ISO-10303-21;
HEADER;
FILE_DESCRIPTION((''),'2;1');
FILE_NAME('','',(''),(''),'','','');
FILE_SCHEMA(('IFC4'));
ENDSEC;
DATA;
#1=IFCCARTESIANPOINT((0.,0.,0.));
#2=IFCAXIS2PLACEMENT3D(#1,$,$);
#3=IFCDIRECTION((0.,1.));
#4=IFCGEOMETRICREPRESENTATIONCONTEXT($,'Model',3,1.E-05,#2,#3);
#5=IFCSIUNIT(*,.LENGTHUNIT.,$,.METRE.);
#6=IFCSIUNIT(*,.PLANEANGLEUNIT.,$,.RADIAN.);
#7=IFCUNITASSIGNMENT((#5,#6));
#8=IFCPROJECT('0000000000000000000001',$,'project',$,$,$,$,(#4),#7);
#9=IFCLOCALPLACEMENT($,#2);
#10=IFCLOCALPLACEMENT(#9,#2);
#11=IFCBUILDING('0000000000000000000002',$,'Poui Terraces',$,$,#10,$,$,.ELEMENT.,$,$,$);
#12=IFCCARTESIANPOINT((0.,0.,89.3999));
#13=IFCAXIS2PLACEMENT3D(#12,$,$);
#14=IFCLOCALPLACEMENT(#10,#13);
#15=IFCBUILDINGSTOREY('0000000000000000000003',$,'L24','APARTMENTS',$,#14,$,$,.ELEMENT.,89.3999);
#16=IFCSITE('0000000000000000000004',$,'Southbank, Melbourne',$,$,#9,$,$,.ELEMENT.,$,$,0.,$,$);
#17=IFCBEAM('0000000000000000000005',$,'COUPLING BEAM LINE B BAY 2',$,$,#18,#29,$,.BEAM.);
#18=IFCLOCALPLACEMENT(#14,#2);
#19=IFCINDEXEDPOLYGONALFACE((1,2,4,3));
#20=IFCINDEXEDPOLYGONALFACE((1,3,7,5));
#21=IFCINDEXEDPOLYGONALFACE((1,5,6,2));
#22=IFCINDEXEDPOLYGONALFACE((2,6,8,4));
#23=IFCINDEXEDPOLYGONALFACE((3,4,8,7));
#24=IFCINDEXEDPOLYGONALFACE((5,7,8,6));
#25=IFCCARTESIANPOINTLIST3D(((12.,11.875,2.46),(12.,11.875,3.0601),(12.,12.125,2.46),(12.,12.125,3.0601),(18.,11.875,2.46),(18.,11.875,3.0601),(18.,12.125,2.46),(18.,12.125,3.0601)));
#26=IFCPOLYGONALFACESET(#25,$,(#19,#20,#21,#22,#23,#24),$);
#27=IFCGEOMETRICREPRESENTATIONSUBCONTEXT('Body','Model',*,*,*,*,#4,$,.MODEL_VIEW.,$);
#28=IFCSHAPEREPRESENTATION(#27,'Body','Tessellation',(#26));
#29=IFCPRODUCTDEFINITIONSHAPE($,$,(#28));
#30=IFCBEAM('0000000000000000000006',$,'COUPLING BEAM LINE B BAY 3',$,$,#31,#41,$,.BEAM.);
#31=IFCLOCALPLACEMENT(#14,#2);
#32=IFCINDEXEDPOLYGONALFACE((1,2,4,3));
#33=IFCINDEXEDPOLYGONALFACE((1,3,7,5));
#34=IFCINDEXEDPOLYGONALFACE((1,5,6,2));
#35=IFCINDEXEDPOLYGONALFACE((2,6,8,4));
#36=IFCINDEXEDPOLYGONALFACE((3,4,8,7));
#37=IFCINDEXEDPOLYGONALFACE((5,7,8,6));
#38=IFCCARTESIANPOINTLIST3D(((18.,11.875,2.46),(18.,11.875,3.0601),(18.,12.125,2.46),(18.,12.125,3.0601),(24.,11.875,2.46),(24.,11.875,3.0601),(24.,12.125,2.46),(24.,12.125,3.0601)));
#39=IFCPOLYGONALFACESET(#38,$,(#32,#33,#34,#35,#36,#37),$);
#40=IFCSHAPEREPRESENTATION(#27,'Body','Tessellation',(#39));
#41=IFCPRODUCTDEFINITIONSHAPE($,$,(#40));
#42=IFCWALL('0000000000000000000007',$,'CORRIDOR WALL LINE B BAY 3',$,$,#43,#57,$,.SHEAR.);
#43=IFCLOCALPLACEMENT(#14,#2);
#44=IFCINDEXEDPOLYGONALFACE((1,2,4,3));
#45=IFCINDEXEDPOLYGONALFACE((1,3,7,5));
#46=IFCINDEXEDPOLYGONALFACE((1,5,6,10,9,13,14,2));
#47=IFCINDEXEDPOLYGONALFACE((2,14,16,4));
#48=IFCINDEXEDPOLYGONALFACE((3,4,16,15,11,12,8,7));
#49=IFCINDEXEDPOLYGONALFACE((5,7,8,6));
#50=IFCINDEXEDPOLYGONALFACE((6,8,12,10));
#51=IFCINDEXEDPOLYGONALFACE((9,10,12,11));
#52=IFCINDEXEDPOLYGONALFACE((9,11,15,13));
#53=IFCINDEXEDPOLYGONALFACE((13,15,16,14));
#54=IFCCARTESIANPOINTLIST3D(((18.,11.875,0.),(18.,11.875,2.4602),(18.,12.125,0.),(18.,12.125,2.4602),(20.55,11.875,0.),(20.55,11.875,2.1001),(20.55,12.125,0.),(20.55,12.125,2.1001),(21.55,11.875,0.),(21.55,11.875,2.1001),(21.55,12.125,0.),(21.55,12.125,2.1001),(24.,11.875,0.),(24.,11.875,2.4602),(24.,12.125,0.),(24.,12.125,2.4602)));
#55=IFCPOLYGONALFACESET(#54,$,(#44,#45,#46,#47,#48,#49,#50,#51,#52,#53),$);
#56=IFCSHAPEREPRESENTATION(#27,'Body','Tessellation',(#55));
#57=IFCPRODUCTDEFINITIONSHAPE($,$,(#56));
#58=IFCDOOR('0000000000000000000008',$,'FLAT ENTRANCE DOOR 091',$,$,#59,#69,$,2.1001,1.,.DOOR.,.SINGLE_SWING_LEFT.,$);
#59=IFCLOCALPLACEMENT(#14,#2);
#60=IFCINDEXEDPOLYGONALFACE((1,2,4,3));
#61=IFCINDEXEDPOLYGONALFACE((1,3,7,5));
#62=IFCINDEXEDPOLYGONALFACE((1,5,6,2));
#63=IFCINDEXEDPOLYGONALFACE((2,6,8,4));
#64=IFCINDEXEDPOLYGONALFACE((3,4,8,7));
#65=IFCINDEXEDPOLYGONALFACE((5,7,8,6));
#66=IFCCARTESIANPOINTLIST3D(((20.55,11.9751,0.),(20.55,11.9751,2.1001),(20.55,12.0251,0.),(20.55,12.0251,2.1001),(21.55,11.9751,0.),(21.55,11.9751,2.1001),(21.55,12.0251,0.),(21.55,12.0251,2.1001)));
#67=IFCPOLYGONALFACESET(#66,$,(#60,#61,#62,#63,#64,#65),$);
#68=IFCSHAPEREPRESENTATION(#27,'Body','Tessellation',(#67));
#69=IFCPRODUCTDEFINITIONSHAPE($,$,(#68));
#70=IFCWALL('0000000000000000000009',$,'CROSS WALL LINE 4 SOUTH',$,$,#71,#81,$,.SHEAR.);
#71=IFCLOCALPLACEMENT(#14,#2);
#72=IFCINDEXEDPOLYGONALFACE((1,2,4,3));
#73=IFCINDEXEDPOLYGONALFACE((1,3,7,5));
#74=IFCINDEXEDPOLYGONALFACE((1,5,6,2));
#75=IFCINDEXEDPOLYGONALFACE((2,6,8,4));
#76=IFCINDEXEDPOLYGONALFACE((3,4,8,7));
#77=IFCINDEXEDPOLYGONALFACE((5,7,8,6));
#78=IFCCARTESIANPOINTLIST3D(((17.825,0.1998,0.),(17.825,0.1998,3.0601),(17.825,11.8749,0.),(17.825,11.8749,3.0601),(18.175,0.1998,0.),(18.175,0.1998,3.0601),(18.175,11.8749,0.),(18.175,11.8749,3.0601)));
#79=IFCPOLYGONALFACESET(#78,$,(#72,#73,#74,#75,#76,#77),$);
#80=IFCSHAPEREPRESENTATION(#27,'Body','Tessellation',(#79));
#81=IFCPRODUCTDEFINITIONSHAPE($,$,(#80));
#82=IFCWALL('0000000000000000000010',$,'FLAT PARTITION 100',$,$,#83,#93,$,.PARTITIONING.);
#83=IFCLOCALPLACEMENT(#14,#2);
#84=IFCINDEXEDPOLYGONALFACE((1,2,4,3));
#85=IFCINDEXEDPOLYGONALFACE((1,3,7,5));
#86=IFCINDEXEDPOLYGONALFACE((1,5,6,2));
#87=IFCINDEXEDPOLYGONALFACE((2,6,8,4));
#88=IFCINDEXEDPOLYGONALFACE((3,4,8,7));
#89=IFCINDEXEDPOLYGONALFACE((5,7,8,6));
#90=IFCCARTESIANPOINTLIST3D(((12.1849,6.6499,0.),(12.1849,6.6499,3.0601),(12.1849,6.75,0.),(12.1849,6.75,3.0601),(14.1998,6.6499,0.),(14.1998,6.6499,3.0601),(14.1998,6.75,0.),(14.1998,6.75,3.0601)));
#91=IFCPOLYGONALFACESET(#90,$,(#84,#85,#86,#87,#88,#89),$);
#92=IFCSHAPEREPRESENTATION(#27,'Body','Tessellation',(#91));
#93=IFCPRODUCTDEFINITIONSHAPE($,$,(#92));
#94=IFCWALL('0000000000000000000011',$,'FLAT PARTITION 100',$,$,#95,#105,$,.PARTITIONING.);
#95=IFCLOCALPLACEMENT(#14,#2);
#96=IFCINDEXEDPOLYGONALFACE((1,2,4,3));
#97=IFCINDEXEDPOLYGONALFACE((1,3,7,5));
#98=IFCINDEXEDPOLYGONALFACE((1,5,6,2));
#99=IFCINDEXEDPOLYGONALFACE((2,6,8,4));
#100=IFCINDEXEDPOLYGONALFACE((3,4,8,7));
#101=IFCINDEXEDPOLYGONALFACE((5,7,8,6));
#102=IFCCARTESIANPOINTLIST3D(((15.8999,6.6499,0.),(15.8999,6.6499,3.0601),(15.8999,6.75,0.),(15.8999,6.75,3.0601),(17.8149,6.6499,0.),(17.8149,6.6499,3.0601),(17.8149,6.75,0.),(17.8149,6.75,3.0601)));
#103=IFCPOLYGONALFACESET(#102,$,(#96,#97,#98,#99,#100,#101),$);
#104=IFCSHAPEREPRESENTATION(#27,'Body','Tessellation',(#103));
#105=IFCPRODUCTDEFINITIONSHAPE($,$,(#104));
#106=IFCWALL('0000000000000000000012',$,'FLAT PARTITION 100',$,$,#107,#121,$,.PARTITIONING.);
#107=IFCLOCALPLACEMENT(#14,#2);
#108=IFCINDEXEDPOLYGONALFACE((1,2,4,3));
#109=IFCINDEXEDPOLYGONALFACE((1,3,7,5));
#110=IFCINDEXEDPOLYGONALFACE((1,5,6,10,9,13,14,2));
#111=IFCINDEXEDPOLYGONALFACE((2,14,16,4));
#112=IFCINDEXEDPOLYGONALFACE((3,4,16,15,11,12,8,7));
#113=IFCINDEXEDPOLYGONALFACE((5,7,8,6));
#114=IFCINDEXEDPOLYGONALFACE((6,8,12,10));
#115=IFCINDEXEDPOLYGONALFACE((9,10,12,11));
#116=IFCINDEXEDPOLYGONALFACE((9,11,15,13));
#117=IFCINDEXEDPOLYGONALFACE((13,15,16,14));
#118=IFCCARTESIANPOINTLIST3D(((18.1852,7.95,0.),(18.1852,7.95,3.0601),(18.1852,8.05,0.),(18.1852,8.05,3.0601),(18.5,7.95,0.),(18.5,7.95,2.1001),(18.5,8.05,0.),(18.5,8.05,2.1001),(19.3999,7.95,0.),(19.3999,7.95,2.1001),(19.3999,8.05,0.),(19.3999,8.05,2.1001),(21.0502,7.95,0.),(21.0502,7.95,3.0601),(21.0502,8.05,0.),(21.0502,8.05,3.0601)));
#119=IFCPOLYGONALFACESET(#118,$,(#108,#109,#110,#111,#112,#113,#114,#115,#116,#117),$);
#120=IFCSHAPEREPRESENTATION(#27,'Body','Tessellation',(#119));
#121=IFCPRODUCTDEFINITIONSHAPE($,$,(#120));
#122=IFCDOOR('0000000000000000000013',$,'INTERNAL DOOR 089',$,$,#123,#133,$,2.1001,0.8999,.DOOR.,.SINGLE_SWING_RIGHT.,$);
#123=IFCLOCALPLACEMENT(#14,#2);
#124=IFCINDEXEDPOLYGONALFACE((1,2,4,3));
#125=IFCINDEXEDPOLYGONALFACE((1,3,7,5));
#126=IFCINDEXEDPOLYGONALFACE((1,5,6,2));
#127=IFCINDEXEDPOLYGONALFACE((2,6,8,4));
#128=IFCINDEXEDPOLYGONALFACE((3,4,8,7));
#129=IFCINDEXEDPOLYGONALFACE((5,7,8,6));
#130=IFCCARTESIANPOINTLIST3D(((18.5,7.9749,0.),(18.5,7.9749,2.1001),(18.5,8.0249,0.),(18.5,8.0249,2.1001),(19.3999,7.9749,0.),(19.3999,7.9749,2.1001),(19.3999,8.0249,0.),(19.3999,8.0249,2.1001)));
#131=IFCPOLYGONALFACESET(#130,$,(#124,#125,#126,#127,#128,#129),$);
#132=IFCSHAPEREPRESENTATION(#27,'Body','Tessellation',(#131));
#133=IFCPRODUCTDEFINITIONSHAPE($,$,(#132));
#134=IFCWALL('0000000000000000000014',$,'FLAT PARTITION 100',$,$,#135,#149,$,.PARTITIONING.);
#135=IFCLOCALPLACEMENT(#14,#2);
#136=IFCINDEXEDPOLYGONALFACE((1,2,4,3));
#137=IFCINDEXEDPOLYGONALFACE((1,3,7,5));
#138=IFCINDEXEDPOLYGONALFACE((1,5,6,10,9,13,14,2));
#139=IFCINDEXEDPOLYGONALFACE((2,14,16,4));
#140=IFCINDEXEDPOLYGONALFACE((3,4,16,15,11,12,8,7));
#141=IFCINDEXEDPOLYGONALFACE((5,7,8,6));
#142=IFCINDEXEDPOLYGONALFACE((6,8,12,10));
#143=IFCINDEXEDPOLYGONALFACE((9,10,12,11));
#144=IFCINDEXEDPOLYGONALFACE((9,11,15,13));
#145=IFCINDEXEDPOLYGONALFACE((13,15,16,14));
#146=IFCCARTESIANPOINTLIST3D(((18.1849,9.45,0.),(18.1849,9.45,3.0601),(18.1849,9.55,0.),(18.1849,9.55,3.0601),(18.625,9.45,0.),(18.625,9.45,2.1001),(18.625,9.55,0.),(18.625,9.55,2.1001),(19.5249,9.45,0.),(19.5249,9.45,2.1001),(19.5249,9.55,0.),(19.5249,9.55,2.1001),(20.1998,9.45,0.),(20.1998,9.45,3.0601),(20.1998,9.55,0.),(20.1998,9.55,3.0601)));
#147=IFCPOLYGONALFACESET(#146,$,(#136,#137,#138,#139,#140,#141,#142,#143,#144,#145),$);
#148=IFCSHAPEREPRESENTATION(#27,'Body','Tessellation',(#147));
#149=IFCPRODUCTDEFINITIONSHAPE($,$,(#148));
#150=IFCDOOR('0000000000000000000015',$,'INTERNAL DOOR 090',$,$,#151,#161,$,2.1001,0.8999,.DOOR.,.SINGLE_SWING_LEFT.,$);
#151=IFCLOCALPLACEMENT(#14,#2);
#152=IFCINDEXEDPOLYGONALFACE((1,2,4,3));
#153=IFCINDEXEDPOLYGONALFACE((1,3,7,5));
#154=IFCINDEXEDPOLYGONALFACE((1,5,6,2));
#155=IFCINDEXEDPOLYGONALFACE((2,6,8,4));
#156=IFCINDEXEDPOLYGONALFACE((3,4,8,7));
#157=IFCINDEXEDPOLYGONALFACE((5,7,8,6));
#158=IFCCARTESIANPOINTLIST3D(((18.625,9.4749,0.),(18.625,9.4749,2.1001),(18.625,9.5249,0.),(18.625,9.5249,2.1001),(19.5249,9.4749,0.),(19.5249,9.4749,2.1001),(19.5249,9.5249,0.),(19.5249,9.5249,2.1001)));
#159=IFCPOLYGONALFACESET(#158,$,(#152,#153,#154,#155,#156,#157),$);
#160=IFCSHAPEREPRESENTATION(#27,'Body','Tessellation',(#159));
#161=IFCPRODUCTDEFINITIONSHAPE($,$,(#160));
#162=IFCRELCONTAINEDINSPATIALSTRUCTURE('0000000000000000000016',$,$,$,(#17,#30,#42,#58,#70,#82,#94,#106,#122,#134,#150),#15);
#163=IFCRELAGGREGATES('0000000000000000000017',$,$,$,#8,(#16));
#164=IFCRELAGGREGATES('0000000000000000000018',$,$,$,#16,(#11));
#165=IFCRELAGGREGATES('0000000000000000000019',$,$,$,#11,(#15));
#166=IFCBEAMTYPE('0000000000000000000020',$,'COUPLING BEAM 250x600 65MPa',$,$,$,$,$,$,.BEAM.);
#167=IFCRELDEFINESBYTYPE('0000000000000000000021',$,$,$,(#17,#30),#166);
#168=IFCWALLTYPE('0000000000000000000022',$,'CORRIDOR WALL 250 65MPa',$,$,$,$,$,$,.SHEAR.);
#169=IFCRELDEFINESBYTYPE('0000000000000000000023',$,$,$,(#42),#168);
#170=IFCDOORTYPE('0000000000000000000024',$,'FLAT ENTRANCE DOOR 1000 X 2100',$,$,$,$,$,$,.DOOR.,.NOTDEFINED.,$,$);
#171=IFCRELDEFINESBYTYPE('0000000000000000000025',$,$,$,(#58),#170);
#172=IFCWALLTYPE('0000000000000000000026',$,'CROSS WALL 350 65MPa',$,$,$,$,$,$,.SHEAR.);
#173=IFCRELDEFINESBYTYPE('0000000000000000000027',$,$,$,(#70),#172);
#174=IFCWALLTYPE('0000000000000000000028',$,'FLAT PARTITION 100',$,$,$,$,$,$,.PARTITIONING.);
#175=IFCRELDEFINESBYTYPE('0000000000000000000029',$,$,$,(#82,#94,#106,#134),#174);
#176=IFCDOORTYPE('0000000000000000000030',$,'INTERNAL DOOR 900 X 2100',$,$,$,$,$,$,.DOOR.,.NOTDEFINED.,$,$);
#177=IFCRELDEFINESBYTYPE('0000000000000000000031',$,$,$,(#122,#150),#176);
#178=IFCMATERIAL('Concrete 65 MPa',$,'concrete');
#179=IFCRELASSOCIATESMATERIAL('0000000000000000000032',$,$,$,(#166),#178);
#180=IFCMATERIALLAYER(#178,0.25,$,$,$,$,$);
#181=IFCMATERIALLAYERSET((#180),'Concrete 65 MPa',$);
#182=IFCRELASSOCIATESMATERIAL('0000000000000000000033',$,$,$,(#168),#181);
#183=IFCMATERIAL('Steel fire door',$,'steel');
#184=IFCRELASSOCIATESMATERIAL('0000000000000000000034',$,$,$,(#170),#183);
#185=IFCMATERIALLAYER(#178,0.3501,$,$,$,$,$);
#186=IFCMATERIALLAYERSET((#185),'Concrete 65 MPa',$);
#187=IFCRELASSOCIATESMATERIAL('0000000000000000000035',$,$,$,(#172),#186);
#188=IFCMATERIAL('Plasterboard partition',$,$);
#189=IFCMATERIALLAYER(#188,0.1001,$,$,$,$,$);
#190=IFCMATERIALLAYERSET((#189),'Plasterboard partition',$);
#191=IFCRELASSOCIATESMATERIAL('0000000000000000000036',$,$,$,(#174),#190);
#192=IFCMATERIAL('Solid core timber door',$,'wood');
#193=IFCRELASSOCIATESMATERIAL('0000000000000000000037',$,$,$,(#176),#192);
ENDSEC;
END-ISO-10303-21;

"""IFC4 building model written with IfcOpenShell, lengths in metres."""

from ifc_helpers import new_model, si_unit, direction, frame, frame_2d, origin, origin_2d, place, context, subcontext, project, spatial, rectangle, extrude, source, transform, mapped, material, layer, layer_set, material_profile, profile_set, type_object, element, fill, save


model = new_model("IFC4")

# Units and contexts
model_context = context("Model", 3, precision=1e-05, world=origin(), true_north=direction((0.0, 1.0)))
body_context = subcontext(model_context, "Body", "Model", "MODEL_VIEW")
ifc_project = project(units=[si_unit("LENGTHUNIT", "METRE"), si_unit("PLANEANGLEUNIT", "RADIAN")], contexts=[model_context])

# Site, building, storey
site_placement = place(None, origin())
site = spatial("IfcSite", under=ifc_project, at=site_placement, Name="Southbank, Melbourne", CompositionType="ELEMENT", RefElevation=0.0)
building_placement = place(site_placement, origin())
building = spatial("IfcBuilding", under=site, at=building_placement, Name="Poui Terraces", CompositionType="ELEMENT")
storey_placement = place(building_placement, frame((0.0, 0.0, 89.3999)))
storey = spatial("IfcBuildingStorey", under=building, at=storey_placement, Name="L24", Description="APARTMENTS", CompositionType="ELEMENT", Elevation=89.3999)

# Beams
ifc_material_1 = material(Name="Concrete 65 MPa", Category="concrete")
ifc_material_profile_1 = material_profile(ifc_material_1, rectangle(XDim=0.25, YDim=0.6001, at=origin_2d()), Name="RC 250x600")
ifc_profile_set_1 = profile_set([ifc_material_profile_1], Name="Concrete 65 MPa")
beam_type = type_object("IfcBeamType", Name="COUPLING BEAM 250x600 65MPa", PredefinedType="BEAM", material=ifc_profile_set_1)
shared_shape_1 = source(origin(), body_context, "Body", "SweptSolid", [
    extrude(rectangle(XDim=0.25, YDim=0.6001, at=origin_2d()), origin(), (0.0, 0.0, 1.0), 6.0),
])
for number, where, z_axis, x_axis, name in (
    (1, (12.0, 12.0, 2.76), (1.0, 0.0, 0.0), (0.0, 1.0, 0.0), "COUPLING BEAM LINE B BAY 2"),
    (2, (18.0, 12.0, 2.76), (1.0, 0.0, 0.0), (0.0, 1.0, 0.0), "COUPLING BEAM LINE B BAY 3"),
):
    element("IfcBeam", number, at=place(storey_placement, frame(where, z_axis=z_axis, x_axis=x_axis)), inside=storey, type_object=beam_type, Name=name, PredefinedType="BEAM", context=body_context, shape_type="MappedRepresentation", body=[
        mapped(shared_shape_1, transform((0.0, 0.0, 0.0))),
    ])

# Wall, opening, door
ifc_layer_1 = layer(ifc_material_1, 0.25)
ifc_layer_set_1 = layer_set([ifc_layer_1], Name="Concrete 65 MPa")
wall_type_1 = type_object("IfcWallType", Name="CORRIDOR WALL 250 65MPa", PredefinedType="SHEAR", material=ifc_layer_set_1)
wall_1_placement = place(storey_placement, frame((18.0, 12.0, 0.0), z_axis=(0.0, 0.0, 1.0), x_axis=(1.0, 0.0, 0.0)))
wall_1 = element("IfcWall", 3, at=wall_1_placement, inside=storey, type_object=wall_type_1, Name="CORRIDOR WALL LINE B BAY 3", PredefinedType="SHEAR", context=body_context, shape_type="SweptSolid", body=[
    extrude(rectangle(XDim=6.0, YDim=0.25, at=frame_2d((3.0, 0.0))), origin(), (0.0, 0.0, 1.0), 2.4602),
])
opening_1_placement = place(wall_1_placement, frame((2.55, 0.0, 0.0)))
opening_1 = element("IfcOpeningElement", 4, at=opening_1_placement, cuts=wall_1, PredefinedType="OPENING", context=body_context, shape_type="SweptSolid", body=[
    extrude(rectangle(XDim=1.0, YDim=2.1001, at=frame_2d((0.5, 1.05))), frame((0.0, 0.135, 0.0), z_axis=(0.0, -1.0, 0.0), x_axis=(1.0, 0.0, 0.0)), (0.0, 0.0, 1.0), 0.27),
])
ifc_material_2 = material(Name="Steel fire door", Category="steel")
door_type_1 = type_object("IfcDoorType", Name="FLAT ENTRANCE DOOR 1000 X 2100", OperationType="NOTDEFINED", PredefinedType="DOOR", material=ifc_material_2)
door_1_placement = place(opening_1_placement, frame((1.0, 0.0, 0.0), z_axis=(0.0, 0.0, 1.0), x_axis=(-1.0, 0.0, 0.0)))
door_1 = element("IfcDoor", 5, at=door_1_placement, inside=storey, type_object=door_type_1, Name="FLAT ENTRANCE DOOR 091", OperationType="SINGLE_SWING_LEFT", OverallHeight=2.1001, OverallWidth=1.0, PredefinedType="DOOR", context=body_context, shape_type="SweptSolid", body=[
    extrude(rectangle(XDim=1.0, YDim=2.1001, at=frame_2d((0.5, 1.05))), frame((0.0, 0.0249, 0.0), z_axis=(0.0, -1.0, 0.0), x_axis=(1.0, 0.0, 0.0)), (0.0, 0.0, 1.0), 0.05),
])
fill(opening_1, door_1)

# Walls
ifc_layer_2 = layer(ifc_material_1, 0.3501)
ifc_layer_set_2 = layer_set([ifc_layer_2], Name="Concrete 65 MPa")
wall_type_2 = type_object("IfcWallType", Name="CROSS WALL 350 65MPa", PredefinedType="SHEAR", material=ifc_layer_set_2)
wall_2_placement = place(storey_placement, frame((18.0, 0.2, 0.0), z_axis=(0.0, 0.0, 1.0), x_axis=(0.0, 1.0, 0.0)))
element("IfcWall", 6, at=wall_2_placement, inside=storey, type_object=wall_type_2, Name="CROSS WALL LINE 4 SOUTH", PredefinedType="SHEAR", context=body_context, shape_type="SweptSolid", body=[
    extrude(rectangle(XDim=11.675, YDim=0.3501, at=frame_2d((5.8374, 0.0))), origin(), (0.0, 0.0, 1.0), 3.0601),
])
ifc_material_3 = material(Name="Plasterboard partition")
ifc_layer_3 = layer(ifc_material_3, 0.1001)
ifc_layer_set_3 = layer_set([ifc_layer_3], Name="Plasterboard partition")
wall_type_3 = type_object("IfcWallType", Name="FLAT PARTITION 100", PredefinedType="PARTITIONING", material=ifc_layer_set_3)
wall_3_placement = place(storey_placement, frame((12.1851, 6.7, 0.0), z_axis=(0.0, 0.0, 1.0), x_axis=(1.0, 0.0, 0.0)))
element("IfcWall", 7, at=wall_3_placement, inside=storey, type_object=wall_type_3, Name="FLAT PARTITION 100", PredefinedType="PARTITIONING", context=body_context, shape_type="SweptSolid", body=[
    extrude(rectangle(XDim=2.0149, YDim=0.1001, at=frame_2d((1.0073, 0.0))), origin(), (0.0, 0.0, 1.0), 3.0601),
])
wall_4_placement = place(storey_placement, frame((15.8999, 6.7, 0.0), z_axis=(0.0, 0.0, 1.0), x_axis=(1.0, 0.0, 0.0)))
element("IfcWall", 8, at=wall_4_placement, inside=storey, type_object=wall_type_3, Name="FLAT PARTITION 100", PredefinedType="PARTITIONING", context=body_context, shape_type="SweptSolid", body=[
    extrude(rectangle(XDim=1.915, YDim=0.1001, at=frame_2d((0.9575, 0.0))), origin(), (0.0, 0.0, 1.0), 3.0601),
])

# Walls, openings, doors
wall_5_placement = place(storey_placement, frame((18.1851, 8.0, 0.0), z_axis=(0.0, 0.0, 1.0), x_axis=(1.0, 0.0, 0.0)))
wall_5 = element("IfcWall", 9, at=wall_5_placement, inside=storey, type_object=wall_type_3, Name="FLAT PARTITION 100", PredefinedType="PARTITIONING", context=body_context, shape_type="SweptSolid", body=[
    extrude(rectangle(XDim=2.865, YDim=0.1001, at=frame_2d((1.4326, 0.0))), origin(), (0.0, 0.0, 1.0), 3.0601),
])
opening_2_placement = place(wall_5_placement, frame((0.3149, 0.0, 0.0)))
opening_2 = element("IfcOpeningElement", 10, at=opening_2_placement, cuts=wall_5, PredefinedType="OPENING", context=body_context, shape_type="SweptSolid", body=[
    extrude(rectangle(XDim=0.8999, YDim=2.1001, at=frame_2d((0.45, 1.05))), frame((0.0, 0.0601, 0.0), z_axis=(0.0, -1.0, 0.0), x_axis=(1.0, 0.0, 0.0)), (0.0, 0.0, 1.0), 0.1201),
])
ifc_material_4 = material(Name="Solid core timber door", Category="wood")
door_type_2 = type_object("IfcDoorType", Name="INTERNAL DOOR 900 X 2100", OperationType="NOTDEFINED", PredefinedType="DOOR", material=ifc_material_4)
door_2_placement = place(opening_2_placement, origin())
door_2 = element("IfcDoor", 11, at=door_2_placement, inside=storey, type_object=door_type_2, Name="INTERNAL DOOR 089", OperationType="SINGLE_SWING_RIGHT", OverallHeight=2.1001, OverallWidth=0.8999, PredefinedType="DOOR", context=body_context, shape_type="SweptSolid", body=[
    extrude(rectangle(XDim=0.8999, YDim=2.1001, at=frame_2d((0.45, 1.05))), frame((0.0, 0.0249, 0.0), z_axis=(0.0, -1.0, 0.0), x_axis=(1.0, 0.0, 0.0)), (0.0, 0.0, 1.0), 0.05),
])
fill(opening_2, door_2)
wall_6_placement = place(storey_placement, frame((18.1851, 9.5, 0.0), z_axis=(0.0, 0.0, 1.0), x_axis=(1.0, 0.0, 0.0)))
wall_6 = element("IfcWall", 12, at=wall_6_placement, inside=storey, type_object=wall_type_3, Name="FLAT PARTITION 100", PredefinedType="PARTITIONING", context=body_context, shape_type="SweptSolid", body=[
    extrude(rectangle(XDim=2.0149, YDim=0.1001, at=frame_2d((1.0073, 0.0))), origin(), (0.0, 0.0, 1.0), 3.0601),
])
opening_3_placement = place(wall_6_placement, frame((0.4399, 0.0, 0.0)))
opening_3 = element("IfcOpeningElement", 13, at=opening_3_placement, cuts=wall_6, PredefinedType="OPENING", context=body_context, shape_type="SweptSolid", body=[
    extrude(rectangle(XDim=0.8999, YDim=2.1001, at=frame_2d((0.45, 1.05))), frame((0.0, 0.0601, 0.0), z_axis=(0.0, -1.0, 0.0), x_axis=(1.0, 0.0, 0.0)), (0.0, 0.0, 1.0), 0.1201),
])
door_3_placement = place(opening_3_placement, origin())
door_3 = element("IfcDoor", 14, at=door_3_placement, inside=storey, type_object=door_type_2, Name="INTERNAL DOOR 090", OperationType="SINGLE_SWING_LEFT", OverallHeight=2.1001, OverallWidth=0.8999, PredefinedType="DOOR", context=body_context, shape_type="SweptSolid", body=[
    extrude(rectangle(XDim=0.8999, YDim=2.1001, at=frame_2d((0.45, 1.05))), frame((0.0, 0.0249, 0.0), z_axis=(0.0, -1.0, 0.0), x_axis=(1.0, 0.0, 0.0)), (0.0, 0.0, 1.0), 0.05),
])
fill(opening_3, door_3)

save(model, "model.ifc")
